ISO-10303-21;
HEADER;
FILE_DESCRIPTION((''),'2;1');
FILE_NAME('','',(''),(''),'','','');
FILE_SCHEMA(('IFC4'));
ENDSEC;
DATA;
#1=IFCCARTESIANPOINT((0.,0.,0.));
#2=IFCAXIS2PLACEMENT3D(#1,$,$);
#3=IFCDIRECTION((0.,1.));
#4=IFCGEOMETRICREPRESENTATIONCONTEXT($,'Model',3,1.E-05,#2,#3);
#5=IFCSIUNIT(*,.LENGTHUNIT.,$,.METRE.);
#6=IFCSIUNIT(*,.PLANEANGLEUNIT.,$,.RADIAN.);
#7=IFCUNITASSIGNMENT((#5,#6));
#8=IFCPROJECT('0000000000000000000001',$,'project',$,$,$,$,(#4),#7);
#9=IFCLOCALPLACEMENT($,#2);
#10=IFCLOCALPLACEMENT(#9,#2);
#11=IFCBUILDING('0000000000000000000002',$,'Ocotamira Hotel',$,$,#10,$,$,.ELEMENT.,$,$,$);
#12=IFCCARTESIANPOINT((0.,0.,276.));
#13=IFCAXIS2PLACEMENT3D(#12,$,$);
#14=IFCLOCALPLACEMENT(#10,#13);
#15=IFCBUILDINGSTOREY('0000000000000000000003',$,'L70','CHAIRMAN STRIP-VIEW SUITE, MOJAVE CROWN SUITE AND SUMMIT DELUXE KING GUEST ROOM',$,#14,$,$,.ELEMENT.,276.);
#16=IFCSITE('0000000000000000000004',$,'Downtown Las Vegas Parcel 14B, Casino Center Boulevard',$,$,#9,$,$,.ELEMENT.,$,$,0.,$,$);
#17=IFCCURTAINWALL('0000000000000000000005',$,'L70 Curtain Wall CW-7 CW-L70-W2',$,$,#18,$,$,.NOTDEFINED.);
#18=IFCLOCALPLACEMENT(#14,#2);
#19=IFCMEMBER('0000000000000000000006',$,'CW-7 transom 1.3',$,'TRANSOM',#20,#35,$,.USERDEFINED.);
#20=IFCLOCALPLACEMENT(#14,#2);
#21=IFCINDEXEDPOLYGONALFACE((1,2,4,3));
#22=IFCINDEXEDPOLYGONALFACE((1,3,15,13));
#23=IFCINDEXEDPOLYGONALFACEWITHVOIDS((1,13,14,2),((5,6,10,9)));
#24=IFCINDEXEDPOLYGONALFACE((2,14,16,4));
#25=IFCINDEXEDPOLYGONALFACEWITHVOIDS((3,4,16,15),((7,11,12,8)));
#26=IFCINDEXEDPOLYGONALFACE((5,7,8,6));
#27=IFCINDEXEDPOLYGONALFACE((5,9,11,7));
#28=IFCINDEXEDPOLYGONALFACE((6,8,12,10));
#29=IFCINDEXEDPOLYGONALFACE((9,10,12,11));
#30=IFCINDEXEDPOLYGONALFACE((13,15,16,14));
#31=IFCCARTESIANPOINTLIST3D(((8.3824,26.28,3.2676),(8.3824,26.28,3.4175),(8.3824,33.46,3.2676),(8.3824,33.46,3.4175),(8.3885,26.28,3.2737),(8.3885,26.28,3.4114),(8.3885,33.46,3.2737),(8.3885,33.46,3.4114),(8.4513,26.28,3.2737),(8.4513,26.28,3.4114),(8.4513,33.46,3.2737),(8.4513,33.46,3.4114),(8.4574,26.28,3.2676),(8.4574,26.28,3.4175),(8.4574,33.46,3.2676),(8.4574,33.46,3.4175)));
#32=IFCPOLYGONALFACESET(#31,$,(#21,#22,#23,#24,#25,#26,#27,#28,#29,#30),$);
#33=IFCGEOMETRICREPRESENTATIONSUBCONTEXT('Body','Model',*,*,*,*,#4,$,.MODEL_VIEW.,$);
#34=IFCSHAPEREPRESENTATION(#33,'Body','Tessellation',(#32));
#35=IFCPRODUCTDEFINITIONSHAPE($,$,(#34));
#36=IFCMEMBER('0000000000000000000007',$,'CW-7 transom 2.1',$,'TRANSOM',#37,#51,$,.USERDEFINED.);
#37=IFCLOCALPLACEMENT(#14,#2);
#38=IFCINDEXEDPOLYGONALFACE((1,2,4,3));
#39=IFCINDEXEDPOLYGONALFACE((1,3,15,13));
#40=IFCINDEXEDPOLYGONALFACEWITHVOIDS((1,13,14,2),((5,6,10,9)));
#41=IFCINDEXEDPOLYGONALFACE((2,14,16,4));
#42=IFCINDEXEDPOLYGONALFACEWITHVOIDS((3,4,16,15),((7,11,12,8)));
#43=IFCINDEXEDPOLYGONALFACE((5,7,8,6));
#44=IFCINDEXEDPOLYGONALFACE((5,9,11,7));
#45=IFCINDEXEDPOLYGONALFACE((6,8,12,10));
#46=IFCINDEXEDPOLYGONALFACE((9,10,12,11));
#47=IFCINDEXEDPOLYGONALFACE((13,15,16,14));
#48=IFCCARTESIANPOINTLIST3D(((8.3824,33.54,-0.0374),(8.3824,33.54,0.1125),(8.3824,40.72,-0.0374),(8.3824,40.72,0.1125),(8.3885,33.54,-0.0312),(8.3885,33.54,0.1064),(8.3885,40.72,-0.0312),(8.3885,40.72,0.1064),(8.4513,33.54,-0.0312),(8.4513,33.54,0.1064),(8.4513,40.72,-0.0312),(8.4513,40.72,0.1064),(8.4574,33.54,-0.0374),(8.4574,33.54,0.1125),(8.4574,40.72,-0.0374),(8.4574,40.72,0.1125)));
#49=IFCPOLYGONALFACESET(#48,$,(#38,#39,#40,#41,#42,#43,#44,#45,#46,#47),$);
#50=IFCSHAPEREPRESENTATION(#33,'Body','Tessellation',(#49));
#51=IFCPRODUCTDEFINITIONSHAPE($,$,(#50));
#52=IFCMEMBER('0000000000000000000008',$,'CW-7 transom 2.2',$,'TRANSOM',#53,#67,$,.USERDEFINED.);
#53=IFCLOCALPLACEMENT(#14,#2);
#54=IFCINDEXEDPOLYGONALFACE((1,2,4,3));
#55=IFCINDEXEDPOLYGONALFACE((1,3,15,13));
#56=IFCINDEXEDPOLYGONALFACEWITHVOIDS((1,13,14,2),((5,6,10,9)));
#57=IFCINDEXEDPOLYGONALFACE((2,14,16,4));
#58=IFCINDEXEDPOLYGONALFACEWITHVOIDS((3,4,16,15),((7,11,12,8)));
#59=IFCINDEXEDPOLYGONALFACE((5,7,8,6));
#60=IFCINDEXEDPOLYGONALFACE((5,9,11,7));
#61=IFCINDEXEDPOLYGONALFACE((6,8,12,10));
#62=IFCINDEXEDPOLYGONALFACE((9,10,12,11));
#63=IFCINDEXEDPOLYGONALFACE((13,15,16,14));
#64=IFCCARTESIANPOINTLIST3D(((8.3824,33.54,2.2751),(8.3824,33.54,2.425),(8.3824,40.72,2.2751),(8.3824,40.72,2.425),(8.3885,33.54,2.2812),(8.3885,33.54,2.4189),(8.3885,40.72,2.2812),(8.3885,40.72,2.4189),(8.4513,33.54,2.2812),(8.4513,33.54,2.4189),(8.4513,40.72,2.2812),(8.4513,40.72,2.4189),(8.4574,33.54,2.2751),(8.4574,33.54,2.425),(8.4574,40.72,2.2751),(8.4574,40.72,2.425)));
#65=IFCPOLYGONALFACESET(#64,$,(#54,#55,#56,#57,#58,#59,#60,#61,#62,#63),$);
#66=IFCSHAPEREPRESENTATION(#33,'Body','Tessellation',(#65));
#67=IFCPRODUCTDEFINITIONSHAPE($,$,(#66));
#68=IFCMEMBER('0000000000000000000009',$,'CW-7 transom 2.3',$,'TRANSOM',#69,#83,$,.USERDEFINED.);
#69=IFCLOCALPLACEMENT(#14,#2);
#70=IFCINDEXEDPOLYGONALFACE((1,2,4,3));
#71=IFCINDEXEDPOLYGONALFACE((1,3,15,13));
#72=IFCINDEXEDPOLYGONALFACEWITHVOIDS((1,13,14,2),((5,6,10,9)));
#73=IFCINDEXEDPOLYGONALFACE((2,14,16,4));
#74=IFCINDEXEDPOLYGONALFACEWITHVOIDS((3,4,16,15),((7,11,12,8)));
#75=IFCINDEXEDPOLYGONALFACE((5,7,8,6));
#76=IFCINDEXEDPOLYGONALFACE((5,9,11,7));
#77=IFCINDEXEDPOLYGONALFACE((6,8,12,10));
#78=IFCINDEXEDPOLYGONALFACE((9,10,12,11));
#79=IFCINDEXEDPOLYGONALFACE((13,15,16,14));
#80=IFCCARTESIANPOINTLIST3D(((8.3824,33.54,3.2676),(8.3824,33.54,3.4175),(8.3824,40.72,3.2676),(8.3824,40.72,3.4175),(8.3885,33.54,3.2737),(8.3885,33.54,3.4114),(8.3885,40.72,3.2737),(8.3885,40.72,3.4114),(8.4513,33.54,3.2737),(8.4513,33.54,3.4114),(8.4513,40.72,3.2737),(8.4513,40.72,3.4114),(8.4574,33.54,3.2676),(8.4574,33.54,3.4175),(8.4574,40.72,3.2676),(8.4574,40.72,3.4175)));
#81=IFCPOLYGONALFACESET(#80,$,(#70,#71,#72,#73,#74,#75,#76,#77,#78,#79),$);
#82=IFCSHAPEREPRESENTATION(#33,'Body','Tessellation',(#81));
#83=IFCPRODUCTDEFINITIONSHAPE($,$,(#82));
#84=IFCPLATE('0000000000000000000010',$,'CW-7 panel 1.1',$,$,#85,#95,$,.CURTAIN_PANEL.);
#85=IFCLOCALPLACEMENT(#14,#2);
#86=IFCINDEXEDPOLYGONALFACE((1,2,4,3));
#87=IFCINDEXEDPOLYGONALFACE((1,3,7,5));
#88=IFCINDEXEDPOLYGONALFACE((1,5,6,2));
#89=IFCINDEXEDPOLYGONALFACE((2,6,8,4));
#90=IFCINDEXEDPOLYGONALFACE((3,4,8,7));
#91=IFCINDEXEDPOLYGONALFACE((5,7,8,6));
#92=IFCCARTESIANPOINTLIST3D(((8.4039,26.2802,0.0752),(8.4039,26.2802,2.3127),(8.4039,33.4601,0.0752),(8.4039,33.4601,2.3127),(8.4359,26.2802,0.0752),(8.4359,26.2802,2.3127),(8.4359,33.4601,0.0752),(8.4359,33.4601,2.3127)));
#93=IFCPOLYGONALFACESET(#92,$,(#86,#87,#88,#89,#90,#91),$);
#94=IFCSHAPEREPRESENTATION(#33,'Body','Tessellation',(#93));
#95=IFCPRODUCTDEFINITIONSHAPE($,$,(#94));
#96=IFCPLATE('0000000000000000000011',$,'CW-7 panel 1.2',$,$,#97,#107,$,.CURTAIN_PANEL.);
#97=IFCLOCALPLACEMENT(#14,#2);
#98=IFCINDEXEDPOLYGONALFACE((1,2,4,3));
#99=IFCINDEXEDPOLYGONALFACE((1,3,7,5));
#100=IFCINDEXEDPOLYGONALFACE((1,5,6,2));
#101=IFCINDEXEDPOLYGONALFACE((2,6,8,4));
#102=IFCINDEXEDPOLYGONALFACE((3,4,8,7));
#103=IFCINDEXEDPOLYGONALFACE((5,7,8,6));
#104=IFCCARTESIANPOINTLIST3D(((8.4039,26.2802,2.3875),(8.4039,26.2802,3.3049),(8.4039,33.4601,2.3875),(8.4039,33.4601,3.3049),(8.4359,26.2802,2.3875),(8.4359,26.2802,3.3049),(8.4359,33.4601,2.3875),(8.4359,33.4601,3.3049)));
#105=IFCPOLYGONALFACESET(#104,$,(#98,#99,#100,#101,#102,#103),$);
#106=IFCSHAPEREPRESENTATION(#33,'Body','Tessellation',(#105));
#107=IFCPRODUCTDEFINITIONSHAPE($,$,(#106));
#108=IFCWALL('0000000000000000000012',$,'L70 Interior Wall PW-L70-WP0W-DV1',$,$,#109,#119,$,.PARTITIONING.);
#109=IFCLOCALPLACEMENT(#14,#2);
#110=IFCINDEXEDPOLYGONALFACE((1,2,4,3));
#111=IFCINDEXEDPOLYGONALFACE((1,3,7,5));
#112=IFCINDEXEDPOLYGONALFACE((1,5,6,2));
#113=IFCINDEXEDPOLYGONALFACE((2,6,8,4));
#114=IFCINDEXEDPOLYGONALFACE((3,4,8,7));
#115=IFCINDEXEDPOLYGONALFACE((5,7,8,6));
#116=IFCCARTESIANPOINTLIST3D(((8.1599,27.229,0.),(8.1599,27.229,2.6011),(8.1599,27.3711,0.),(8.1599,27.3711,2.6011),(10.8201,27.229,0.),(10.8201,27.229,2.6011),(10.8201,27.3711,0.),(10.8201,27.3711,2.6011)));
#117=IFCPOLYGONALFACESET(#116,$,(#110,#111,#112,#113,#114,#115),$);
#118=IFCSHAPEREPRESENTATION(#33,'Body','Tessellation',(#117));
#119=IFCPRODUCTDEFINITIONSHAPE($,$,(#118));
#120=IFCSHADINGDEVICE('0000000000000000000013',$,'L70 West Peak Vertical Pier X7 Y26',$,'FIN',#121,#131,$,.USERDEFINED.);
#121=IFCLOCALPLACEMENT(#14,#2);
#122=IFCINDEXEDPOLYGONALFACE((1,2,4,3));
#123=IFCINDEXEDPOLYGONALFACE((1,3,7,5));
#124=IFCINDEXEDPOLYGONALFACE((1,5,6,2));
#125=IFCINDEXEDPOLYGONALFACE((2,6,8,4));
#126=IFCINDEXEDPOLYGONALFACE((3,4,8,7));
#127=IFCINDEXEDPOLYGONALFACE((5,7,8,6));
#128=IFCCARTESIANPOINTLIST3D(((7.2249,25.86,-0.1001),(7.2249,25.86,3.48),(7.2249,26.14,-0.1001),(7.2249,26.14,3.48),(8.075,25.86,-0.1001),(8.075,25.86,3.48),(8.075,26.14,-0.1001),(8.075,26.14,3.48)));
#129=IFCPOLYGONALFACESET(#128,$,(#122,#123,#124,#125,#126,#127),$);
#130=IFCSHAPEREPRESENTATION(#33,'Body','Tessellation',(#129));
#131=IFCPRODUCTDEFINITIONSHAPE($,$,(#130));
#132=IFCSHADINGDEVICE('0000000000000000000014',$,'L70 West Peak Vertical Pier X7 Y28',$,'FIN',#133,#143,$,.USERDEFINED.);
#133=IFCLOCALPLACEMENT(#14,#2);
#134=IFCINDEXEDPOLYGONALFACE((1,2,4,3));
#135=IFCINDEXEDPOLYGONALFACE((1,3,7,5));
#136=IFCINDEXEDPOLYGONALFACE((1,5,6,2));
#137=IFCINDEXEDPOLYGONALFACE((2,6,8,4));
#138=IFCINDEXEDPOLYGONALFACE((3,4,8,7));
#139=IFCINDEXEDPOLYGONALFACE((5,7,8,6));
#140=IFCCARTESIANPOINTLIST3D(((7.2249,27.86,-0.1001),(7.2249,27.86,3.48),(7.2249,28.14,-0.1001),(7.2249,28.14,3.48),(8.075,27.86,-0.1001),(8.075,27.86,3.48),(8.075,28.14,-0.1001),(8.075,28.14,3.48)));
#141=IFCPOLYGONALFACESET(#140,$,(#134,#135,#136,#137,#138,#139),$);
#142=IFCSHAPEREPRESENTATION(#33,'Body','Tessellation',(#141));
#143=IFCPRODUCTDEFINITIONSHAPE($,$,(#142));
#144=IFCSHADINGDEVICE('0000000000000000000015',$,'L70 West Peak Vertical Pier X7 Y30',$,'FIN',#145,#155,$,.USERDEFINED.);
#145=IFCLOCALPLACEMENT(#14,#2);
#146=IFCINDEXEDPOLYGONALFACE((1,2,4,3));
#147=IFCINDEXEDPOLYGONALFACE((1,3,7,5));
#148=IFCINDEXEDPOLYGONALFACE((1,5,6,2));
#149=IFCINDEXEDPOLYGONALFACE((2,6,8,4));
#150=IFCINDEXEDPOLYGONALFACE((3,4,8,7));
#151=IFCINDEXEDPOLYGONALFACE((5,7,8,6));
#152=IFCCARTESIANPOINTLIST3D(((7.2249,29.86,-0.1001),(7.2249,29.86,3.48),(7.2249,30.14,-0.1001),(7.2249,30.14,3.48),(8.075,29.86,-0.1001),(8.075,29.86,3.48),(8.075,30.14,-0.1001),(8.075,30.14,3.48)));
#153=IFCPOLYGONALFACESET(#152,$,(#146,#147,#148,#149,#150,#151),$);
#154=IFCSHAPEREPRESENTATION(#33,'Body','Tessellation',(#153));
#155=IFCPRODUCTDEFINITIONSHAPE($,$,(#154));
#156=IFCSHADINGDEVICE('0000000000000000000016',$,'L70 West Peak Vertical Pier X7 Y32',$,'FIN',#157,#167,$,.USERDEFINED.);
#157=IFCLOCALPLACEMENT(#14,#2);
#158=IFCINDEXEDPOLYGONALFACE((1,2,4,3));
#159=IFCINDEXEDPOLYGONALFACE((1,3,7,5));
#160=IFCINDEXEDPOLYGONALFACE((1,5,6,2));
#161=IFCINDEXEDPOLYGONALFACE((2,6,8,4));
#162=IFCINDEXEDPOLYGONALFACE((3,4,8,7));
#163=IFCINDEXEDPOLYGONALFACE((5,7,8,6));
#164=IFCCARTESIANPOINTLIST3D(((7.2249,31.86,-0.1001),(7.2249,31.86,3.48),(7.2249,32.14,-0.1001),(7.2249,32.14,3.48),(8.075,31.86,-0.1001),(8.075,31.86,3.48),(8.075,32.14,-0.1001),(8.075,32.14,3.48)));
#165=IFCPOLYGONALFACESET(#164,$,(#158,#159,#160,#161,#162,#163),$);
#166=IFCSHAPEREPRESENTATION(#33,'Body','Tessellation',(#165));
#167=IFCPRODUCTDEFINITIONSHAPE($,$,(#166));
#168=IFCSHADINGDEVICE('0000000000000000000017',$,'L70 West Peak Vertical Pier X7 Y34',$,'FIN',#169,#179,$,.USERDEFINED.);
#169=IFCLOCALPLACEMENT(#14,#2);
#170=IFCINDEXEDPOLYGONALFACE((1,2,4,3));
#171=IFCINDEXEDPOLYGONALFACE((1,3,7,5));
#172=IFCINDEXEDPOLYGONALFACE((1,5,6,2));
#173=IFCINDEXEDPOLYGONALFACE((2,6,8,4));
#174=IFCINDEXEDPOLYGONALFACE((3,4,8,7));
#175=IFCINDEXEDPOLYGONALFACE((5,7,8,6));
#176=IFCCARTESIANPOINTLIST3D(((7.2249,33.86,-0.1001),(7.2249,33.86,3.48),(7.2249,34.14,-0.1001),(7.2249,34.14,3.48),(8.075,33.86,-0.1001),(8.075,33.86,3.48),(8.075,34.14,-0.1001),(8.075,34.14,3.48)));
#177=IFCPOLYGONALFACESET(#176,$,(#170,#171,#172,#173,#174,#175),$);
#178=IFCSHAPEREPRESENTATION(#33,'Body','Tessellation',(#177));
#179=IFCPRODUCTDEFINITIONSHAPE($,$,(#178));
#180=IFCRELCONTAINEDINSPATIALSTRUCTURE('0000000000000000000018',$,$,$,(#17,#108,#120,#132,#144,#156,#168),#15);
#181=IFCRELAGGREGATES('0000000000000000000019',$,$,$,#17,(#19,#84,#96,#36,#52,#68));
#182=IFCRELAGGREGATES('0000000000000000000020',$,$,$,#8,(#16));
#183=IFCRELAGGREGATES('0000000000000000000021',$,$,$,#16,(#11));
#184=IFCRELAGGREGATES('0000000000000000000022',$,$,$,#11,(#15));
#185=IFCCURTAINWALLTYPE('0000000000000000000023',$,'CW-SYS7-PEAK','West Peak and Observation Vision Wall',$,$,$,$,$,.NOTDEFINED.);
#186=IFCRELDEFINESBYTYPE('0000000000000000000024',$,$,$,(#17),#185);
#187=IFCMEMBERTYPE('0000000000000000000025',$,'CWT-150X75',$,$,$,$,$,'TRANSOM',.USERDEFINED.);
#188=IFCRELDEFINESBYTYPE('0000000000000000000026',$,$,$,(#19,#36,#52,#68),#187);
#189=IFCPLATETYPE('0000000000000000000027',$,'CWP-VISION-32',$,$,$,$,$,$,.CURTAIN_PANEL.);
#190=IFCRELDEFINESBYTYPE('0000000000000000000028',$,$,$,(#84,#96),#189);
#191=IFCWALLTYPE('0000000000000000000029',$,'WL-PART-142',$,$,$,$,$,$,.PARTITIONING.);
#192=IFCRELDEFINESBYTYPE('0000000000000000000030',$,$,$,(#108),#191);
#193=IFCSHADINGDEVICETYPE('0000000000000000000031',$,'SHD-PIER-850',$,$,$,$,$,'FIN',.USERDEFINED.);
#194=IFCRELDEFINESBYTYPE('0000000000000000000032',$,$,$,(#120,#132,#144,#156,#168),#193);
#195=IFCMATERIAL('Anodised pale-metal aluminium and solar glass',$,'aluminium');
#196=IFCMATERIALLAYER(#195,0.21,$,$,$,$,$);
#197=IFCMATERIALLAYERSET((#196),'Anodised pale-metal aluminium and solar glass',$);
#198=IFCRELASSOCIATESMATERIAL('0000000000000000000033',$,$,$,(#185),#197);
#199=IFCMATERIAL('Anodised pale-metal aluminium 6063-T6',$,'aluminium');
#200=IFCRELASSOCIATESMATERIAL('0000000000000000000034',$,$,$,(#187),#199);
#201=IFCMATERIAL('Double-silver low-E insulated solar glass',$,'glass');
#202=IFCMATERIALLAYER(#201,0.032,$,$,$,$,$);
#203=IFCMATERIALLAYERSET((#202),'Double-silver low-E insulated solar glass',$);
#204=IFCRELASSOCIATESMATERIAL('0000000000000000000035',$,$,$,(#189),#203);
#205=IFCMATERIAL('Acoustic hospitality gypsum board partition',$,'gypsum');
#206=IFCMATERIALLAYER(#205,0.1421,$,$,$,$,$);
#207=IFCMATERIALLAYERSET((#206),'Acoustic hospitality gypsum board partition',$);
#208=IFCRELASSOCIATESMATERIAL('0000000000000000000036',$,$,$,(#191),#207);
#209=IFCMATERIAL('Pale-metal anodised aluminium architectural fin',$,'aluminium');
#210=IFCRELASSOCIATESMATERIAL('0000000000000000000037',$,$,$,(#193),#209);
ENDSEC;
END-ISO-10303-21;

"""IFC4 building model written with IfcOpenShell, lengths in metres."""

from ifc_helpers import new_model, si_unit, direction, frame, frame_2d, origin, origin_2d, place, context, subcontext, project, spatial, rectangle, hollow_rectangle, extrude, source, transform, mapped, material, layer, layer_set, material_profile, profile_set, type_object, element, aggregate, save


model = new_model("IFC4")

# Units and contexts
model_context = context("Model", 3, precision=1e-05, world=origin(), true_north=direction((0.0, 1.0)))
body_context = subcontext(model_context, "Body", "Model", "MODEL_VIEW")
ifc_project = project(units=[si_unit("LENGTHUNIT", "METRE"), si_unit("PLANEANGLEUNIT", "RADIAN")], contexts=[model_context])

# Site, building, storey
site_placement = place(None, origin())
site = spatial("IfcSite", under=ifc_project, at=site_placement, Name="Downtown Las Vegas Parcel 14B, Casino Center Boulevard", CompositionType="ELEMENT", RefElevation=0.0)
building_placement = place(site_placement, origin())
building = spatial("IfcBuilding", under=site, at=building_placement, Name="Ocotamira Hotel", CompositionType="ELEMENT")
storey_placement = place(building_placement, frame((0.0, 0.0, 276.0)))
storey = spatial("IfcBuildingStorey", under=building, at=storey_placement, Name="L70", Description="CHAIRMAN STRIP-VIEW SUITE, MOJAVE CROWN SUITE AND SUMMIT DELUXE KING GUEST ROOM", CompositionType="ELEMENT", Elevation=276.0)

# Shared definitions
ifc_material_1 = material(Name="Anodised pale-metal aluminium and solar glass", Category="aluminium")
ifc_layer_1 = layer(ifc_material_1, 0.21)
ifc_layer_set_1 = layer_set([ifc_layer_1], Name="Anodised pale-metal aluminium and solar glass")
curtain_wall_type = type_object("IfcCurtainWallType", Name="CW-SYS7-PEAK", Description="West Peak and Observation Vision Wall", PredefinedType="NOTDEFINED", material=ifc_layer_set_1)
ifc_material_2 = material(Name="Anodised pale-metal aluminium 6063-T6", Category="aluminium")

# Curtain wall, members, plates
curtain_wall_1_placement = place(storey_placement, origin())
curtain_wall_1 = element("IfcCurtainWall", 1, at=curtain_wall_1_placement, inside=storey, type_object=curtain_wall_type, Name="L70 Curtain Wall CW-7 CW-L70-W2", PredefinedType="NOTDEFINED")
ifc_material_profile_1 = material_profile(ifc_material_2, hollow_rectangle(XDim=0.075, YDim=0.1499, WallThickness=0.0061, at=origin_2d()), Name="HSS150X75X6")
ifc_profile_set_1 = profile_set([ifc_material_profile_1], Name="Anodised pale-metal aluminium 6063-T6")
member_type_1 = type_object("IfcMemberType", Name="CWT-150X75", ElementType="TRANSOM", PredefinedType="USERDEFINED", material=ifc_profile_set_1)
shared_shape_1 = source(origin(), body_context, "Body", "SweptSolid", [
    extrude(hollow_rectangle(XDim=0.075, YDim=0.1499, WallThickness=0.0061, at=origin_2d()), origin(), (0.0, 0.0, 1.0), 7.1799),
])
member_1_placement = place(storey_placement, frame((8.4199, 26.28, 3.3425), z_axis=(0.0, 1.0, 0.0), x_axis=(-1.0, 0.0, 0.0)))
member_1 = element("IfcMember", 2, at=member_1_placement, type_object=member_type_1, Name="CW-7 transom 1.3", ObjectType="TRANSOM", PredefinedType="USERDEFINED", context=body_context, shape_type="MappedRepresentation", body=[
    mapped(shared_shape_1, transform((0.0, 0.0, 0.0), scale=1.0)),
])
member_2_placement = place(storey_placement, frame((8.4199, 33.54, 0.0376), z_axis=(0.0, 1.0, 0.0), x_axis=(-1.0, 0.0, 0.0)))
member_2 = element("IfcMember", 3, at=member_2_placement, type_object=member_type_1, Name="CW-7 transom 2.1", ObjectType="TRANSOM", PredefinedType="USERDEFINED", context=body_context, shape_type="MappedRepresentation", body=[
    mapped(shared_shape_1, transform((0.0, 0.0, 0.0), scale=1.0)),
])
member_3_placement = place(storey_placement, frame((8.4199, 33.54, 2.3501), z_axis=(0.0, 1.0, 0.0), x_axis=(-1.0, 0.0, 0.0)))
member_3 = element("IfcMember", 4, at=member_3_placement, type_object=member_type_1, Name="CW-7 transom 2.2", ObjectType="TRANSOM", PredefinedType="USERDEFINED", context=body_context, shape_type="MappedRepresentation", body=[
    mapped(shared_shape_1, transform((0.0, 0.0, 0.0), scale=1.0)),
])
member_4_placement = place(storey_placement, frame((8.4199, 33.54, 3.3425), z_axis=(0.0, 1.0, 0.0), x_axis=(-1.0, 0.0, 0.0)))
member_4 = element("IfcMember", 5, at=member_4_placement, type_object=member_type_1, Name="CW-7 transom 2.3", ObjectType="TRANSOM", PredefinedType="USERDEFINED", context=body_context, shape_type="MappedRepresentation", body=[
    mapped(shared_shape_1, transform((0.0, 0.0, 0.0), scale=1.0)),
])
ifc_material_3 = material(Name="Double-silver low-E insulated solar glass", Category="glass")
ifc_layer_2 = layer(ifc_material_3, 0.032)
ifc_layer_set_2 = layer_set([ifc_layer_2], Name="Double-silver low-E insulated solar glass")
plate_type = type_object("IfcPlateType", Name="CWP-VISION-32", PredefinedType="CURTAIN_PANEL", material=ifc_layer_set_2)
shared_shape_2 = source(origin(), body_context, "Body", "SweptSolid", [
    extrude(rectangle(XDim=7.1799, YDim=0.032, at=origin_2d()), origin(), (0.0, 0.0, 1.0), 2.2375),
])
plate_1_placement = place(storey_placement, frame((8.4199, 29.8701, 0.0752), z_axis=(0.0, 0.0, 1.0), x_axis=(0.0, 1.0, 0.0)))
plate_1 = element("IfcPlate", 6, at=plate_1_placement, type_object=plate_type, Name="CW-7 panel 1.1", PredefinedType="CURTAIN_PANEL", context=body_context, shape_type="MappedRepresentation", body=[
    mapped(shared_shape_2, transform((0.0, 0.0, 0.0), scale=1.0)),
])
shared_shape_3 = source(origin(), body_context, "Body", "SweptSolid", [
    extrude(rectangle(XDim=7.1799, YDim=0.032, at=origin_2d()), origin(), (0.0, 0.0, 1.0), 0.9175),
])
plate_2_placement = place(storey_placement, frame((8.4199, 29.8701, 2.3875), z_axis=(0.0, 0.0, 1.0), x_axis=(0.0, 1.0, 0.0)))
plate_2 = element("IfcPlate", 7, at=plate_2_placement, type_object=plate_type, Name="CW-7 panel 1.2", PredefinedType="CURTAIN_PANEL", context=body_context, shape_type="MappedRepresentation", body=[
    mapped(shared_shape_3, transform((0.0, 0.0, 0.0), scale=1.0)),
])
aggregate(curtain_wall_1, [member_1, plate_1, plate_2, member_2, member_3, member_4])

# Wall
ifc_material_4 = material(Name="Acoustic hospitality gypsum board partition", Category="gypsum")
ifc_layer_3 = layer(ifc_material_4, 0.1421)
ifc_layer_set_3 = layer_set([ifc_layer_3], Name="Acoustic hospitality gypsum board partition")
wall_type = type_object("IfcWallType", Name="WL-PART-142", PredefinedType="PARTITIONING", material=ifc_layer_set_3)
wall_placement = place(storey_placement, frame((8.1599, 27.3, 0.0), z_axis=(0.0, 0.0, 1.0), x_axis=(1.0, 0.0, 0.0)))
element("IfcWall", 8, at=wall_placement, inside=storey, type_object=wall_type, Name="L70 Interior Wall PW-L70-WP0W-DV1", PredefinedType="PARTITIONING", context=body_context, shape_type="SweptSolid", body=[
    extrude(rectangle(XDim=2.6602, YDim=0.1421, at=frame_2d((1.3301, 0.0))), origin(), (0.0, 0.0, 1.0), 2.6011),
])

# Shading devices
ifc_material_5 = material(Name="Pale-metal anodised aluminium architectural fin", Category="aluminium")
shading_device_type = type_object("IfcShadingDeviceType", Name="SHD-PIER-850", ElementType="FIN", PredefinedType="USERDEFINED", material=ifc_material_5)
shared_shape_4 = source(origin(), body_context, "Body", "SweptSolid", [
    extrude(rectangle(XDim=0.8501, YDim=0.28, at=origin_2d()), origin(), (0.0, 0.0, 1.0), 3.5801),
])
for number, where, z_axis, x_axis, name in (
    (9, (7.6499, 26.0, -0.1001), (0.0, 0.0, 1.0), (1.0, 0.0, 0.0), "L70 West Peak Vertical Pier X7 Y26"),
    (10, (7.6499, 28.0, -0.1001), (0.0, 0.0, 1.0), (1.0, 0.0, 0.0), "L70 West Peak Vertical Pier X7 Y28"),
    (11, (7.6499, 30.0, -0.1001), (0.0, 0.0, 1.0), (1.0, 0.0, 0.0), "L70 West Peak Vertical Pier X7 Y30"),
    (12, (7.6499, 32.0, -0.1001), (0.0, 0.0, 1.0), (1.0, 0.0, 0.0), "L70 West Peak Vertical Pier X7 Y32"),
    (13, (7.6499, 34.0, -0.1001), (0.0, 0.0, 1.0), (1.0, 0.0, 0.0), "L70 West Peak Vertical Pier X7 Y34"),
):
    element("IfcShadingDevice", number, at=place(storey_placement, frame(where, z_axis=z_axis, x_axis=x_axis)), inside=storey, type_object=shading_device_type, Name=name, ObjectType="FIN", PredefinedType="USERDEFINED", context=body_context, shape_type="MappedRepresentation", body=[
        mapped(shared_shape_4, transform((0.0, 0.0, 0.0), scale=1.0)),
    ])

save(model, "model.ifc")
